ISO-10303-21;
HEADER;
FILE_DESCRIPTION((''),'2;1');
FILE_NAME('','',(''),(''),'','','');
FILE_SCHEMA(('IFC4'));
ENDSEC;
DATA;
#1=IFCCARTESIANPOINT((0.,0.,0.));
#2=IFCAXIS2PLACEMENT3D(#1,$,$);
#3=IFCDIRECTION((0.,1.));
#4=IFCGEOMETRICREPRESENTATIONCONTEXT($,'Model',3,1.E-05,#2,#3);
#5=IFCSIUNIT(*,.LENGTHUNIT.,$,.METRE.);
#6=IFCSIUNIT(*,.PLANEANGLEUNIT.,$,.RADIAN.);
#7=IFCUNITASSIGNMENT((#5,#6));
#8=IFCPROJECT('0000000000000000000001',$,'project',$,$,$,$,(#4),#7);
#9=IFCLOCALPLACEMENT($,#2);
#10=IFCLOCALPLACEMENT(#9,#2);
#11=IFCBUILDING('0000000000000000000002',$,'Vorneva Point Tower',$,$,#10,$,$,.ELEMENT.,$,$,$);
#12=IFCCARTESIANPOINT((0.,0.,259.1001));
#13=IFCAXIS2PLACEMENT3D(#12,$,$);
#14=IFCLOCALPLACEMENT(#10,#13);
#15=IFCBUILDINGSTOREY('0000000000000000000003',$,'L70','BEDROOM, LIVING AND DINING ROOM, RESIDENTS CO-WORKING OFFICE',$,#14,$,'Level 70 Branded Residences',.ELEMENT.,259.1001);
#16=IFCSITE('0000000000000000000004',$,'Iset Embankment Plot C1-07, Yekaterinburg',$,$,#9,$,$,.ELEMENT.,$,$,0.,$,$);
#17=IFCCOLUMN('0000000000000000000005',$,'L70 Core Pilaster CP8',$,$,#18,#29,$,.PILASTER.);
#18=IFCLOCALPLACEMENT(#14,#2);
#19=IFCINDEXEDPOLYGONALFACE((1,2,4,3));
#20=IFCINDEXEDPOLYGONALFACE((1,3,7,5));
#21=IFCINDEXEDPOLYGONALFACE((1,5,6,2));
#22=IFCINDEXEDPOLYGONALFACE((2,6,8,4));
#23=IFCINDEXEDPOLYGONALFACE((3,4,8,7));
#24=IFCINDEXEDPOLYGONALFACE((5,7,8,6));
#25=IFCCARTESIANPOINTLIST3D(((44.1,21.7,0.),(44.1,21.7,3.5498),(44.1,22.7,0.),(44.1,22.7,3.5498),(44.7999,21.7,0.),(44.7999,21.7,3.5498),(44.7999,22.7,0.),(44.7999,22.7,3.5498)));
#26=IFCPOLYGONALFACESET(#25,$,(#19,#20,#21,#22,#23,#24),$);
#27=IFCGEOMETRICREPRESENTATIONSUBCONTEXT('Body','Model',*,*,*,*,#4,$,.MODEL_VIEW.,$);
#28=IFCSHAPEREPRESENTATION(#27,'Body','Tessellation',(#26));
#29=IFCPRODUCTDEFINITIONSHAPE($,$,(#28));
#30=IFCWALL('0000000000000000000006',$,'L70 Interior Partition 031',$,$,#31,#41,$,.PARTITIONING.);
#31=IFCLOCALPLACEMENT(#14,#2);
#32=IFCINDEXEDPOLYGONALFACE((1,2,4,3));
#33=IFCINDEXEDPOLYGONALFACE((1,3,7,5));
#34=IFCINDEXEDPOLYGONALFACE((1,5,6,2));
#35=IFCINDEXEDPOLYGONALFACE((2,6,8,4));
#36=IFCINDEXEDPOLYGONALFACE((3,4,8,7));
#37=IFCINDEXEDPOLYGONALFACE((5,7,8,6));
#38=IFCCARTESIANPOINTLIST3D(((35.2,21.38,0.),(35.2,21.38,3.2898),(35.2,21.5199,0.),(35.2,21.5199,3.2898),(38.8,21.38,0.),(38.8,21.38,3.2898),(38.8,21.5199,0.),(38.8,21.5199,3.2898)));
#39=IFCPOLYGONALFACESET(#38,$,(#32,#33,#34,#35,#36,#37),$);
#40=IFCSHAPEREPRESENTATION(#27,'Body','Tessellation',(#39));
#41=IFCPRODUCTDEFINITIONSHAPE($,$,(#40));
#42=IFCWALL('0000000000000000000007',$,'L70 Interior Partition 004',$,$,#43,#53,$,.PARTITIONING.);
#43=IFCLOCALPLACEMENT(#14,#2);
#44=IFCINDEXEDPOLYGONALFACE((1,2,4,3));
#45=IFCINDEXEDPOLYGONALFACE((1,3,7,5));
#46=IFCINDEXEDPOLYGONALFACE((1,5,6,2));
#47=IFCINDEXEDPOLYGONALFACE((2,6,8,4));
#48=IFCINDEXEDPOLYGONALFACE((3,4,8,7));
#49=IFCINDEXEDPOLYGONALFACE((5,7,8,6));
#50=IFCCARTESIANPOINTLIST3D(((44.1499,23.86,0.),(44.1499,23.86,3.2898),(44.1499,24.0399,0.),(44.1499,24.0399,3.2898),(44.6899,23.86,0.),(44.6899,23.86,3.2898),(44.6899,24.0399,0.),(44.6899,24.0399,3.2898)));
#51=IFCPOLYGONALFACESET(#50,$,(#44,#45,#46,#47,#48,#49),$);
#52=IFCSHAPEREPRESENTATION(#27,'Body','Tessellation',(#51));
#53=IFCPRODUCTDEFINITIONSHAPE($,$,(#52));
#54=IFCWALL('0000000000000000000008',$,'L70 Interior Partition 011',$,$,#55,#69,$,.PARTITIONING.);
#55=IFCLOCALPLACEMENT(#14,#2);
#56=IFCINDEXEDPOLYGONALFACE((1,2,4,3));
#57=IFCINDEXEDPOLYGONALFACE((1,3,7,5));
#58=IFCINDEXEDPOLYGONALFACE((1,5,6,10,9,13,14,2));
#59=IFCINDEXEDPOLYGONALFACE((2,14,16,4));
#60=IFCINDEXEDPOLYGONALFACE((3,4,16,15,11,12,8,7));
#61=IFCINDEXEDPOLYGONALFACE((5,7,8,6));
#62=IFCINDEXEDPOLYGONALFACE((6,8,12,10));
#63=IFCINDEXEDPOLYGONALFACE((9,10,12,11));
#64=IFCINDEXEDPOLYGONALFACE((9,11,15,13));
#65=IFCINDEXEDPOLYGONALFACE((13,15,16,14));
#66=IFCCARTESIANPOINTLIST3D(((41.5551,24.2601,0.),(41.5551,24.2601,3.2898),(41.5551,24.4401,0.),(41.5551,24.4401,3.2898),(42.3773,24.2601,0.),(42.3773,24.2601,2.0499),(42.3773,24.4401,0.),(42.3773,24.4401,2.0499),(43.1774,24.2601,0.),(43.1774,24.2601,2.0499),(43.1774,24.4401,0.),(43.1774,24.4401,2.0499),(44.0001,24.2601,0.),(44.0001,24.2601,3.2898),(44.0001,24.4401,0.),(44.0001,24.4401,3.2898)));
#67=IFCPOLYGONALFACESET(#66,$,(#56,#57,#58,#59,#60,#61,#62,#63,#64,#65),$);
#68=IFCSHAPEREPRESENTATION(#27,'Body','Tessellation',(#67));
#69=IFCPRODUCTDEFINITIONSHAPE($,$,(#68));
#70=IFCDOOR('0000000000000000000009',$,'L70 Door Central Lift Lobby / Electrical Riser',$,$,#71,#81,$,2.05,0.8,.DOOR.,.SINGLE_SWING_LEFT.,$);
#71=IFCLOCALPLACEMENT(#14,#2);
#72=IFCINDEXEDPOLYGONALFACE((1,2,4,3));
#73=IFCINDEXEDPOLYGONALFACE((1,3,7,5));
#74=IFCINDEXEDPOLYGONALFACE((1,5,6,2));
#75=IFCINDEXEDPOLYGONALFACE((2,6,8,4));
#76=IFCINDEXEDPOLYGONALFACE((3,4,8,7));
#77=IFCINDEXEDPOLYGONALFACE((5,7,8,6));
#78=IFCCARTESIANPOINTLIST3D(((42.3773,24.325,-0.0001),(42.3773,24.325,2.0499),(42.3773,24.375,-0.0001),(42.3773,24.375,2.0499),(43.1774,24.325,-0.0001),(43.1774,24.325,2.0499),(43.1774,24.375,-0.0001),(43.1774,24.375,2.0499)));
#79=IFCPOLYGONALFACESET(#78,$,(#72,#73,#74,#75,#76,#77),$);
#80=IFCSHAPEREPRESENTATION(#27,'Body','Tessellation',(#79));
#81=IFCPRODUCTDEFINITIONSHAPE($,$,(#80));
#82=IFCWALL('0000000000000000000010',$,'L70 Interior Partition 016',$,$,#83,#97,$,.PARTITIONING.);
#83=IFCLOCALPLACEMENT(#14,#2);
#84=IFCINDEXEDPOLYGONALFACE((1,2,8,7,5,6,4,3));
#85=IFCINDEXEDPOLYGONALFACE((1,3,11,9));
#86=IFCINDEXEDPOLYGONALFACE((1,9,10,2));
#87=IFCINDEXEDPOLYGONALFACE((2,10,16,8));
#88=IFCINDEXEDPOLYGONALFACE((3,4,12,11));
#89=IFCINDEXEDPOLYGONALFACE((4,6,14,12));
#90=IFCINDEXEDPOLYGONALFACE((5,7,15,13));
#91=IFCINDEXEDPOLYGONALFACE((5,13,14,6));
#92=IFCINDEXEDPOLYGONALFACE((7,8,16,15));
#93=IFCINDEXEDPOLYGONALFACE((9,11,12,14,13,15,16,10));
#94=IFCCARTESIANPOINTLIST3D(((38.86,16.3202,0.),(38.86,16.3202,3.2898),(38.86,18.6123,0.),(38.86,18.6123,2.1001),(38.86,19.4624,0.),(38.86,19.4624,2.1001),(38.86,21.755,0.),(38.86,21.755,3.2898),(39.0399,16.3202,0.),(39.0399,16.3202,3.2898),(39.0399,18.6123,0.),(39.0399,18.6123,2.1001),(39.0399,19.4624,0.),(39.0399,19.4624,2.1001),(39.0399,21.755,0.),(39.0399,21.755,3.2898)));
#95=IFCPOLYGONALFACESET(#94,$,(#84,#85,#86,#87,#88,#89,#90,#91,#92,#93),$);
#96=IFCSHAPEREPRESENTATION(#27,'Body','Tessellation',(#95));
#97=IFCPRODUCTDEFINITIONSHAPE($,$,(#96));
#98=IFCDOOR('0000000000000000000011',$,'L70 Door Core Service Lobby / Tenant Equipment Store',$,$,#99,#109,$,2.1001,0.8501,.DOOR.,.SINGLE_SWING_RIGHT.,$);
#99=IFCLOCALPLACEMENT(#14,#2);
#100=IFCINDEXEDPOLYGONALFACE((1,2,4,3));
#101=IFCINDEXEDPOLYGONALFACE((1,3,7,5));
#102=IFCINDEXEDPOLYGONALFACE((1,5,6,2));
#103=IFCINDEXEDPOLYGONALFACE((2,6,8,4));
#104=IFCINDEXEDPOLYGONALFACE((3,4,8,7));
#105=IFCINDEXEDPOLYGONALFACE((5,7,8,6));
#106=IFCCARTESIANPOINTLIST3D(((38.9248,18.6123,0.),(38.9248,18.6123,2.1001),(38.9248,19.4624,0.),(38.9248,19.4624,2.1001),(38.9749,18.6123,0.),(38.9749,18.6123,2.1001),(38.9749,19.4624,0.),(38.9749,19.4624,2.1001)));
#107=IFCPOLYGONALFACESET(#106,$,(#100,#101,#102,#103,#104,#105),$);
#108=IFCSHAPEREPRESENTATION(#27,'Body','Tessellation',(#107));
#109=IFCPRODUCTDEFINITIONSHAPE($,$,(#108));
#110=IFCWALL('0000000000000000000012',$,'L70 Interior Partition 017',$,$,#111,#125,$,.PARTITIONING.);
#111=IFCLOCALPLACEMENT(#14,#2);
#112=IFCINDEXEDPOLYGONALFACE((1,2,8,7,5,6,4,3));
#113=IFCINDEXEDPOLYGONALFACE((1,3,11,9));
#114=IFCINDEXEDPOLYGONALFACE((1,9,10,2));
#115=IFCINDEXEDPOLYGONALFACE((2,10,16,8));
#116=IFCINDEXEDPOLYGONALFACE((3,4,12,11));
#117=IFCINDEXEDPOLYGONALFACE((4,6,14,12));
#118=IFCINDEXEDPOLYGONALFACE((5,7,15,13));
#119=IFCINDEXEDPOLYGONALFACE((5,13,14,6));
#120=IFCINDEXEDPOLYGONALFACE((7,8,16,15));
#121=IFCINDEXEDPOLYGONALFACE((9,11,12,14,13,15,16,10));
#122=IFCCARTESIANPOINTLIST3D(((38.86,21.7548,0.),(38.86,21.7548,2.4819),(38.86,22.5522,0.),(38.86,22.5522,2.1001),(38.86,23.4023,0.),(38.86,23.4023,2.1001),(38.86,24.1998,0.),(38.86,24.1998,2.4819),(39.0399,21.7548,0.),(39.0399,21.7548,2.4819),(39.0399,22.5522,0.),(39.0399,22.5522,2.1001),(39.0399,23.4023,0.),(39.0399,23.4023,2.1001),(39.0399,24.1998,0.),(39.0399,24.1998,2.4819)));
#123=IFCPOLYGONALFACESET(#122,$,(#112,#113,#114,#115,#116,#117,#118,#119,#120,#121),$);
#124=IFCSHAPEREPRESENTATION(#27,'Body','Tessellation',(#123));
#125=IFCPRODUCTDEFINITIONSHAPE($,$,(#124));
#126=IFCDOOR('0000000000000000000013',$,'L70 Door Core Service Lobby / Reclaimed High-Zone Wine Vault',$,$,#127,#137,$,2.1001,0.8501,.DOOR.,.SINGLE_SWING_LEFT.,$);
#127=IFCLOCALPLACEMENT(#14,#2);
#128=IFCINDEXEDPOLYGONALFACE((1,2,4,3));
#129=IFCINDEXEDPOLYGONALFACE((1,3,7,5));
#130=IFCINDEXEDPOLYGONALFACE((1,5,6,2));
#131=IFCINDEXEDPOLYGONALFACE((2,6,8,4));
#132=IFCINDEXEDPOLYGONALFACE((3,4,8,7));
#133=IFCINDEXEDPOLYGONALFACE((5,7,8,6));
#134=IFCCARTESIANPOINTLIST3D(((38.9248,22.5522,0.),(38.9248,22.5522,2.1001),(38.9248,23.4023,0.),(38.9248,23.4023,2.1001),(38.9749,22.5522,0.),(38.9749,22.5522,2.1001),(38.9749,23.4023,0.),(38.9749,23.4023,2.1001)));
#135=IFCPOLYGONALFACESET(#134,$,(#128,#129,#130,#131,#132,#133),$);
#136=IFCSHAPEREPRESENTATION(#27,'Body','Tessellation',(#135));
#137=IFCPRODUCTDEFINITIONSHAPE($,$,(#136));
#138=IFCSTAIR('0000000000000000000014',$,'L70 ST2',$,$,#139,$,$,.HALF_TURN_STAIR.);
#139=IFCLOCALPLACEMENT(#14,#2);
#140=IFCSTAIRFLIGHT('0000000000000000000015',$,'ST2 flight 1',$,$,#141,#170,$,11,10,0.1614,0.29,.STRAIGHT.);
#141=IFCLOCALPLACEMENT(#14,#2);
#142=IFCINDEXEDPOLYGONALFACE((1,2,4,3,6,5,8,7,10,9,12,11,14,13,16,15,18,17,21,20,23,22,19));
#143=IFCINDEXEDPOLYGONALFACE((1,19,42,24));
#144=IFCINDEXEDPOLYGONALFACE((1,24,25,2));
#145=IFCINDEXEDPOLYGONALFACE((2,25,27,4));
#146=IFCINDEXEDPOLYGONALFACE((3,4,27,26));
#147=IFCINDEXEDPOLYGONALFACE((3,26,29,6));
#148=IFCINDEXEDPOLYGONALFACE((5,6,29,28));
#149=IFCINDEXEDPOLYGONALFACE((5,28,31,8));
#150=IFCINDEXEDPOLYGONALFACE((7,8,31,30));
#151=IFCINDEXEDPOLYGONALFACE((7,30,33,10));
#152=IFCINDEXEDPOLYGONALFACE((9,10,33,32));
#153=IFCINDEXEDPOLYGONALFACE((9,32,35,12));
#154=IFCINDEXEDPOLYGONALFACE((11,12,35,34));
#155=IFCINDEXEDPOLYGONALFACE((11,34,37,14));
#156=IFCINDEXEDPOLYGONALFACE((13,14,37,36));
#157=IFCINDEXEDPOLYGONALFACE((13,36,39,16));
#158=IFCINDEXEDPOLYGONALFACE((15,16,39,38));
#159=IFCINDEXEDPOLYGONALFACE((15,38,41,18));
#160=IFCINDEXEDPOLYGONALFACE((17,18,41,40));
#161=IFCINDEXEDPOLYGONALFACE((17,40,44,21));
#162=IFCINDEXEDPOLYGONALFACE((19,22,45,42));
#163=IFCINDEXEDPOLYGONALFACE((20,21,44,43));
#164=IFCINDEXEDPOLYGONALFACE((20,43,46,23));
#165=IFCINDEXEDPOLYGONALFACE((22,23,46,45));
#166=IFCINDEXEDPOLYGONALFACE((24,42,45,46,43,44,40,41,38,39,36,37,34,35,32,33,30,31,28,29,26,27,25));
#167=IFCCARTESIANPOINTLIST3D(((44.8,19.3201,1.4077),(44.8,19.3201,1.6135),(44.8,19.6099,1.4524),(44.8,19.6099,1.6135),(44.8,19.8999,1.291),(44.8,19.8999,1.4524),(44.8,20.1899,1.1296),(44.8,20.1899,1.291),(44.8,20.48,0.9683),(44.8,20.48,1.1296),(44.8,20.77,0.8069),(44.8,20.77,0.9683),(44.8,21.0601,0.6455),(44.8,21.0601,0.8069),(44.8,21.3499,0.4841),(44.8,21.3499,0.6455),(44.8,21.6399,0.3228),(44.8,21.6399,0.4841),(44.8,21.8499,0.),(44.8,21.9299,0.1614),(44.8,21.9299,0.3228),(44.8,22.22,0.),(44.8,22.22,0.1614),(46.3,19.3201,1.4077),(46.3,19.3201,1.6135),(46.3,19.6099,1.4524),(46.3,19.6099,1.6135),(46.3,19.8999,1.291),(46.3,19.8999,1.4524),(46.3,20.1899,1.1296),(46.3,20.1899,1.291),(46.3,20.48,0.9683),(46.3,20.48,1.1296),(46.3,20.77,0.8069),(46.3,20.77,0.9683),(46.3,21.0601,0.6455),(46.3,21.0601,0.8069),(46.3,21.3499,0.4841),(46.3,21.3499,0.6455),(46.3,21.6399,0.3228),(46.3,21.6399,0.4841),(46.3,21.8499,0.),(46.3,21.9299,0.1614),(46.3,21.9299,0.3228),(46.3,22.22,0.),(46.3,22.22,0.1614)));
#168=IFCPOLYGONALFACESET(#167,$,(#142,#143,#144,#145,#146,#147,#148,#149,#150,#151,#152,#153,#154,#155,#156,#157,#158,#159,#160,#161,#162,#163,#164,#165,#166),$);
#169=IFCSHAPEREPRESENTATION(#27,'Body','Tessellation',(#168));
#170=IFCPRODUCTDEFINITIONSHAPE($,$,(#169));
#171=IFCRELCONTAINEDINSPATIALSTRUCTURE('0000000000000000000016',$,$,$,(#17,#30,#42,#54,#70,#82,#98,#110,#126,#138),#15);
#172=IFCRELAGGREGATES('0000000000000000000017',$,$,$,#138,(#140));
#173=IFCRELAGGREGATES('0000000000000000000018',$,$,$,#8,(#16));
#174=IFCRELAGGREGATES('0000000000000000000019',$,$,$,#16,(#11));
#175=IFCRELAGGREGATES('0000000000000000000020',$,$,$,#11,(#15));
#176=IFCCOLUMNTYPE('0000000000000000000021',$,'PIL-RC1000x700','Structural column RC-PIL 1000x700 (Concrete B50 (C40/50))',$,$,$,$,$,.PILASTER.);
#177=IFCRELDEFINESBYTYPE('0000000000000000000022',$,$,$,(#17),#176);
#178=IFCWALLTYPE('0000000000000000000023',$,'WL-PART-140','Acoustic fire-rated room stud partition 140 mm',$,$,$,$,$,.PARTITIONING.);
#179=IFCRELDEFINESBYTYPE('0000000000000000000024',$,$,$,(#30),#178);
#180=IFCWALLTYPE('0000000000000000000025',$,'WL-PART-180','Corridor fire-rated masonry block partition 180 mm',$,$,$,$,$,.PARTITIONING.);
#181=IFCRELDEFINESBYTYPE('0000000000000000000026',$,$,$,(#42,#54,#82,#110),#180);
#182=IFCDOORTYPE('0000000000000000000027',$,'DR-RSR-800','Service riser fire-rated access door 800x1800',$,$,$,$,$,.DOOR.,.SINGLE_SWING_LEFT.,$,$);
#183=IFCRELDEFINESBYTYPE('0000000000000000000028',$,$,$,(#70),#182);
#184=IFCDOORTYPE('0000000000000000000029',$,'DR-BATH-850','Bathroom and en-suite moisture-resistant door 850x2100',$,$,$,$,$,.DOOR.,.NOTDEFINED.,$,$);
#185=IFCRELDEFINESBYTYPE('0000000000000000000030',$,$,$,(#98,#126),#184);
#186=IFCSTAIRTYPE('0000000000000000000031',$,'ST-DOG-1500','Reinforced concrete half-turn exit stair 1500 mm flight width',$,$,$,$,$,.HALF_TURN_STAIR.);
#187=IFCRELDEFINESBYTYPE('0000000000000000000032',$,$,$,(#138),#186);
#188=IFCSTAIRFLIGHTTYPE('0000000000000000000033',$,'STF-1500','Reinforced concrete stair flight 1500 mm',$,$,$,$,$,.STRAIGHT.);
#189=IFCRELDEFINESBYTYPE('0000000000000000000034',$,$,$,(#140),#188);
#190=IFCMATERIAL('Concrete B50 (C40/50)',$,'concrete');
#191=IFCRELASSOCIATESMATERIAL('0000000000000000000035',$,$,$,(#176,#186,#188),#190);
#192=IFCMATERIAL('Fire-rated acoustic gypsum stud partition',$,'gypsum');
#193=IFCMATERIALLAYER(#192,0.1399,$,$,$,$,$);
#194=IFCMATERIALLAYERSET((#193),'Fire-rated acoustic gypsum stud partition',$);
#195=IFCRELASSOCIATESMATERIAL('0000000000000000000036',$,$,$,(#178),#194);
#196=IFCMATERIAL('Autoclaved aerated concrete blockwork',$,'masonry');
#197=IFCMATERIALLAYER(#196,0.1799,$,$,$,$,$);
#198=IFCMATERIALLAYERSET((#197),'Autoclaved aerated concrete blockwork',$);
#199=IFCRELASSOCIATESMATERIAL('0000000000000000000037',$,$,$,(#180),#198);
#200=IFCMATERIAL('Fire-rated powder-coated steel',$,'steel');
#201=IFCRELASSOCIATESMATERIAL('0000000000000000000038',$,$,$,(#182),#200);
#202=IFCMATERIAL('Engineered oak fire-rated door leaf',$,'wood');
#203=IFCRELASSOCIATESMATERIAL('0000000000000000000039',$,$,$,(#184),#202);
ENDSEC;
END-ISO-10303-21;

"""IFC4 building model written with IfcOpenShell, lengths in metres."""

from ifc_helpers import new_model, si_unit, direction, frame, frame_2d, origin, origin_2d, place, context, subcontext, project, spatial, polyline, rectangle, outline, extrude, material, layer, layer_set, material_profile, profile_set, type_object, element, fill, aggregate, save


model = new_model("IFC4")

# Units and contexts
model_context = context("Model", 3, precision=1e-05, world=origin(), true_north=direction((0.0, 1.0)))
body_context = subcontext(model_context, "Body", "Model", "MODEL_VIEW")
ifc_project = project(units=[si_unit("LENGTHUNIT", "METRE"), si_unit("PLANEANGLEUNIT", "RADIAN")], contexts=[model_context])

# Site, building, storey
site_placement = place(None, origin())
site = spatial("IfcSite", under=ifc_project, at=site_placement, Name="Iset Embankment Plot C1-07, Yekaterinburg", CompositionType="ELEMENT", RefElevation=0.0)
building_placement = place(site_placement, origin())
building = spatial("IfcBuilding", under=site, at=building_placement, Name="Vorneva Point Tower", CompositionType="ELEMENT")
storey_placement = place(building_placement, frame((0.0, 0.0, 259.1001)))
storey = spatial("IfcBuildingStorey", under=building, at=storey_placement, Name="L70", Description="BEDROOM, LIVING AND DINING ROOM, RESIDENTS CO-WORKING OFFICE", LongName="Level 70 Branded Residences", CompositionType="ELEMENT", Elevation=259.1001)

# Column
ifc_material_1 = material(Name="Concrete B50 (C40/50)", Category="concrete")
ifc_material_profile = material_profile(ifc_material_1, rectangle(XDim=0.7, YDim=1.0, at=origin_2d()), Name="RC-PIL 1000x700")
ifc_profile_set = profile_set([ifc_material_profile], Name="Concrete B50 (C40/50)")
column_type = type_object("IfcColumnType", Name="PIL-RC1000x700", Description="Structural column RC-PIL 1000x700 (Concrete B50 (C40/50))", PredefinedType="PILASTER", material=ifc_profile_set)
column_placement = place(storey_placement, frame((44.45, 22.2, 0.0), z_axis=(0.0, 0.0, 1.0), x_axis=(1.0, 0.0, 0.0)))
element("IfcColumn", 1, at=column_placement, inside=storey, type_object=column_type, Name="L70 Core Pilaster CP8", PredefinedType="PILASTER", context=body_context, shape_type="SweptSolid", body=[
    extrude(rectangle(XDim=0.7, YDim=1.0, at=origin_2d()), origin(), (0.0, 0.0, 1.0), 3.5498),
])

# Walls
ifc_material_2 = material(Name="Fire-rated acoustic gypsum stud partition", Category="gypsum")
ifc_layer_1 = layer(ifc_material_2, 0.1399)
ifc_layer_set_1 = layer_set([ifc_layer_1], Name="Fire-rated acoustic gypsum stud partition")
wall_type_1 = type_object("IfcWallType", Name="WL-PART-140", Description="Acoustic fire-rated room stud partition 140 mm", PredefinedType="PARTITIONING", material=ifc_layer_set_1)
wall_1_placement = place(storey_placement, frame((38.8, 21.45, 0.0), z_axis=(0.0, 0.0, 1.0), x_axis=(-1.0, 0.0, 0.0)))
element("IfcWall", 2, at=wall_1_placement, inside=storey, type_object=wall_type_1, Name="L70 Interior Partition 031", PredefinedType="PARTITIONING", context=body_context, shape_type="SweptSolid", body=[
    extrude(rectangle(XDim=3.6001, YDim=0.1399, at=frame_2d((1.8, 0.0))), origin(), (0.0, 0.0, 1.0), 3.2898),
])
ifc_material_3 = material(Name="Autoclaved aerated concrete blockwork", Category="masonry")
ifc_layer_2 = layer(ifc_material_3, 0.1799)
ifc_layer_set_2 = layer_set([ifc_layer_2], Name="Autoclaved aerated concrete blockwork")
wall_type_2 = type_object("IfcWallType", Name="WL-PART-180", Description="Corridor fire-rated masonry block partition 180 mm", PredefinedType="PARTITIONING", material=ifc_layer_set_2)
wall_2_placement = place(storey_placement, frame((44.1499, 23.95, 0.0), z_axis=(0.0, 0.0, 1.0), x_axis=(1.0, 0.0, 0.0)))
element("IfcWall", 3, at=wall_2_placement, inside=storey, type_object=wall_type_2, Name="L70 Interior Partition 004", PredefinedType="PARTITIONING", context=body_context, shape_type="SweptSolid", body=[
    extrude(rectangle(XDim=0.54, YDim=0.1799, at=frame_2d((0.27, 0.0))), origin(), (0.0, 0.0, 1.0), 3.2898),
])

# Walls, openings, doors
ifc_material_4 = material(Name="Fire-rated powder-coated steel", Category="steel")
wall_3_placement = place(storey_placement, frame((41.5549, 24.3501, 0.0), z_axis=(0.0, 0.0, 1.0), x_axis=(1.0, 0.0, 0.0)))
wall_3 = element("IfcWall", 4, at=wall_3_placement, inside=storey, type_object=wall_type_2, Name="L70 Interior Partition 011", PredefinedType="PARTITIONING", context=body_context, shape_type="SweptSolid", body=[
    extrude(rectangle(XDim=2.4451, YDim=0.1799, at=frame_2d((1.2227, 0.0))), origin(), (0.0, 0.0, 1.0), 3.2898),
])
opening_1_placement = place(wall_3_placement, frame((0.8225, 0.0, 0.0)))
opening_1 = element("IfcOpeningElement", 5, at=opening_1_placement, cuts=wall_3, PredefinedType="OPENING", context=body_context, shape_type="SweptSolid", body=[
    extrude(rectangle(XDim=0.8, YDim=2.05, at=frame_2d((0.3999, 1.0249))), frame((0.0, 0.105, 0.0), z_axis=(0.0, -1.0, 0.0), x_axis=(1.0, 0.0, 0.0)), (0.0, 0.0, 1.0), 0.2097),
])
door_type_1 = type_object("IfcDoorType", Name="DR-RSR-800", Description="Service riser fire-rated access door 800x1800", OperationType="SINGLE_SWING_LEFT", PredefinedType="DOOR", material=ifc_material_4)
door_1_placement = place(opening_1_placement, origin())
door_1 = element("IfcDoor", 6, at=door_1_placement, inside=storey, type_object=door_type_1, Name="L70 Door Central Lift Lobby / Electrical Riser", OperationType="SINGLE_SWING_LEFT", OverallHeight=2.05, OverallWidth=0.8, PredefinedType="DOOR", context=body_context, shape_type="SweptSolid", body=[
    extrude(rectangle(XDim=0.8, YDim=2.05, at=frame_2d((0.3999, 1.0249))), frame((0.0, 0.0249, 0.0), z_axis=(0.0, -1.0, 0.0), x_axis=(1.0, 0.0, 0.0)), (0.0, 0.0, 1.0), 0.05),
])
fill(opening_1, door_1)
wall_4_placement = place(storey_placement, frame((38.95, 21.7549, 0.0), z_axis=(0.0, 0.0, 1.0), x_axis=(0.0, -1.0, 0.0)))
wall_4 = element("IfcWall", 7, at=wall_4_placement, inside=storey, type_object=wall_type_2, Name="L70 Interior Partition 016", PredefinedType="PARTITIONING", context=body_context, shape_type="SweptSolid", body=[
    extrude(rectangle(XDim=5.4348, YDim=0.1799, at=frame_2d((2.7173, 0.0))), origin(), (0.0, 0.0, 1.0), 3.2898),
])
opening_2_placement = place(wall_4_placement, frame((2.2925, 0.0, 0.0)))
opening_2 = element("IfcOpeningElement", 8, at=opening_2_placement, cuts=wall_4, PredefinedType="OPENING", context=body_context, shape_type="SweptSolid", body=[
    extrude(rectangle(XDim=0.8501, YDim=2.1001, at=frame_2d((0.425, 1.05))), frame((0.0, 0.105, 0.0), z_axis=(0.0, -1.0, 0.0), x_axis=(1.0, 0.0, 0.0)), (0.0, 0.0, 1.0), 0.2097),
])
ifc_material_5 = material(Name="Engineered oak fire-rated door leaf", Category="wood")
door_type_2 = type_object("IfcDoorType", Name="DR-BATH-850", Description="Bathroom and en-suite moisture-resistant door 850x2100", OperationType="NOTDEFINED", PredefinedType="DOOR", material=ifc_material_5)
door_2_placement = place(opening_2_placement, origin())
door_2 = element("IfcDoor", 9, at=door_2_placement, inside=storey, type_object=door_type_2, Name="L70 Door Core Service Lobby / Tenant Equipment Store", OperationType="SINGLE_SWING_RIGHT", OverallHeight=2.1001, OverallWidth=0.8501, PredefinedType="DOOR", context=body_context, shape_type="SweptSolid", body=[
    extrude(rectangle(XDim=0.8501, YDim=2.1001, at=frame_2d((0.425, 1.05))), frame((0.0, 0.0249, 0.0), z_axis=(0.0, -1.0, 0.0), x_axis=(1.0, 0.0, 0.0)), (0.0, 0.0, 1.0), 0.05),
])
fill(opening_2, door_2)
wall_5_placement = place(storey_placement, frame((38.95, 24.2, 0.0), z_axis=(0.0, 0.0, 1.0), x_axis=(0.0, -1.0, 0.0)))
wall_5 = element("IfcWall", 10, at=wall_5_placement, inside=storey, type_object=wall_type_2, Name="L70 Interior Partition 017", PredefinedType="PARTITIONING", context=body_context, shape_type="SweptSolid", body=[
    extrude(rectangle(XDim=2.4451, YDim=0.1799, at=frame_2d((1.2227, 0.0))), origin(), (0.0, 0.0, 1.0), 2.4819),
])
opening_3_placement = place(wall_5_placement, frame((0.7976, 0.0, 0.0)))
opening_3 = element("IfcOpeningElement", 11, at=opening_3_placement, cuts=wall_5, PredefinedType="OPENING", context=body_context, shape_type="SweptSolid", body=[
    extrude(rectangle(XDim=0.8501, YDim=2.1001, at=frame_2d((0.425, 1.05))), frame((0.0, 0.105, 0.0), z_axis=(0.0, -1.0, 0.0), x_axis=(1.0, 0.0, 0.0)), (0.0, 0.0, 1.0), 0.2097),
])
door_3_placement = place(opening_3_placement, origin())
door_3 = element("IfcDoor", 12, at=door_3_placement, inside=storey, type_object=door_type_2, Name="L70 Door Core Service Lobby / Reclaimed High-Zone Wine Vault", OperationType="SINGLE_SWING_LEFT", OverallHeight=2.1001, OverallWidth=0.8501, PredefinedType="DOOR", context=body_context, shape_type="SweptSolid", body=[
    extrude(rectangle(XDim=0.8501, YDim=2.1001, at=frame_2d((0.425, 1.05))), frame((0.0, 0.0249, 0.0), z_axis=(0.0, -1.0, 0.0), x_axis=(1.0, 0.0, 0.0)), (0.0, 0.0, 1.0), 0.05),
])
fill(opening_3, door_3)

# Stair, stair flight
stair_type = type_object("IfcStairType", Name="ST-DOG-1500", Description="Reinforced concrete half-turn exit stair 1500 mm flight width", PredefinedType="HALF_TURN_STAIR", material=ifc_material_1)
stair_placement = place(storey_placement, origin())
stair = element("IfcStair", 13, at=stair_placement, inside=storey, type_object=stair_type, Name="L70 ST2", PredefinedType="HALF_TURN_STAIR")
stair_flight_type = type_object("IfcStairFlightType", Name="STF-1500", Description="Reinforced concrete stair flight 1500 mm", PredefinedType="STRAIGHT", material=ifc_material_1)
stair_flight_placement = place(storey_placement, frame((45.55, 22.22, 0.0), z_axis=(0.0, 0.0, 1.0), x_axis=(0.0, -1.0, 0.0)))
stair_flight = element("IfcStairFlight", 14, at=stair_flight_placement, type_object=stair_flight_type, Name="ST2 flight 1", NumberOfRisers=11, NumberOfTreads=10, PredefinedType="STRAIGHT", RiserHeight=0.1614, TreadLength=0.29, context=body_context, shape_type="SweptSolid", body=[
    extrude(outline(polyline([(0.0, 0.0), (0.0, 0.1614), (0.29, 0.1614), (0.29, 0.3228), (0.5801, 0.3228), (0.5801, 0.4841), (0.8701, 0.4841), (0.8701, 0.6455), (1.1599, 0.6455), (1.1599, 0.8069), (1.45, 0.8069), (1.45, 0.9683), (1.74, 0.9683), (1.74, 1.1296), (2.03, 1.1296), (2.03, 1.291), (2.3201, 1.291), (2.3201, 1.4524), (2.6101, 1.4524), (2.6101, 1.6135), (2.8999, 1.6135), (2.8999, 1.7749), (2.8999, 1.4077), (0.3701, 0.0), (0.0, 0.0)])), frame((0.0, 0.75, 0.0), z_axis=(0.0, -1.0, 0.0), x_axis=(1.0, 0.0, 0.0)), (0.0, 0.0, 1.0), 1.5),
])
aggregate(stair, [stair_flight])

save(model, "model.ifc")
